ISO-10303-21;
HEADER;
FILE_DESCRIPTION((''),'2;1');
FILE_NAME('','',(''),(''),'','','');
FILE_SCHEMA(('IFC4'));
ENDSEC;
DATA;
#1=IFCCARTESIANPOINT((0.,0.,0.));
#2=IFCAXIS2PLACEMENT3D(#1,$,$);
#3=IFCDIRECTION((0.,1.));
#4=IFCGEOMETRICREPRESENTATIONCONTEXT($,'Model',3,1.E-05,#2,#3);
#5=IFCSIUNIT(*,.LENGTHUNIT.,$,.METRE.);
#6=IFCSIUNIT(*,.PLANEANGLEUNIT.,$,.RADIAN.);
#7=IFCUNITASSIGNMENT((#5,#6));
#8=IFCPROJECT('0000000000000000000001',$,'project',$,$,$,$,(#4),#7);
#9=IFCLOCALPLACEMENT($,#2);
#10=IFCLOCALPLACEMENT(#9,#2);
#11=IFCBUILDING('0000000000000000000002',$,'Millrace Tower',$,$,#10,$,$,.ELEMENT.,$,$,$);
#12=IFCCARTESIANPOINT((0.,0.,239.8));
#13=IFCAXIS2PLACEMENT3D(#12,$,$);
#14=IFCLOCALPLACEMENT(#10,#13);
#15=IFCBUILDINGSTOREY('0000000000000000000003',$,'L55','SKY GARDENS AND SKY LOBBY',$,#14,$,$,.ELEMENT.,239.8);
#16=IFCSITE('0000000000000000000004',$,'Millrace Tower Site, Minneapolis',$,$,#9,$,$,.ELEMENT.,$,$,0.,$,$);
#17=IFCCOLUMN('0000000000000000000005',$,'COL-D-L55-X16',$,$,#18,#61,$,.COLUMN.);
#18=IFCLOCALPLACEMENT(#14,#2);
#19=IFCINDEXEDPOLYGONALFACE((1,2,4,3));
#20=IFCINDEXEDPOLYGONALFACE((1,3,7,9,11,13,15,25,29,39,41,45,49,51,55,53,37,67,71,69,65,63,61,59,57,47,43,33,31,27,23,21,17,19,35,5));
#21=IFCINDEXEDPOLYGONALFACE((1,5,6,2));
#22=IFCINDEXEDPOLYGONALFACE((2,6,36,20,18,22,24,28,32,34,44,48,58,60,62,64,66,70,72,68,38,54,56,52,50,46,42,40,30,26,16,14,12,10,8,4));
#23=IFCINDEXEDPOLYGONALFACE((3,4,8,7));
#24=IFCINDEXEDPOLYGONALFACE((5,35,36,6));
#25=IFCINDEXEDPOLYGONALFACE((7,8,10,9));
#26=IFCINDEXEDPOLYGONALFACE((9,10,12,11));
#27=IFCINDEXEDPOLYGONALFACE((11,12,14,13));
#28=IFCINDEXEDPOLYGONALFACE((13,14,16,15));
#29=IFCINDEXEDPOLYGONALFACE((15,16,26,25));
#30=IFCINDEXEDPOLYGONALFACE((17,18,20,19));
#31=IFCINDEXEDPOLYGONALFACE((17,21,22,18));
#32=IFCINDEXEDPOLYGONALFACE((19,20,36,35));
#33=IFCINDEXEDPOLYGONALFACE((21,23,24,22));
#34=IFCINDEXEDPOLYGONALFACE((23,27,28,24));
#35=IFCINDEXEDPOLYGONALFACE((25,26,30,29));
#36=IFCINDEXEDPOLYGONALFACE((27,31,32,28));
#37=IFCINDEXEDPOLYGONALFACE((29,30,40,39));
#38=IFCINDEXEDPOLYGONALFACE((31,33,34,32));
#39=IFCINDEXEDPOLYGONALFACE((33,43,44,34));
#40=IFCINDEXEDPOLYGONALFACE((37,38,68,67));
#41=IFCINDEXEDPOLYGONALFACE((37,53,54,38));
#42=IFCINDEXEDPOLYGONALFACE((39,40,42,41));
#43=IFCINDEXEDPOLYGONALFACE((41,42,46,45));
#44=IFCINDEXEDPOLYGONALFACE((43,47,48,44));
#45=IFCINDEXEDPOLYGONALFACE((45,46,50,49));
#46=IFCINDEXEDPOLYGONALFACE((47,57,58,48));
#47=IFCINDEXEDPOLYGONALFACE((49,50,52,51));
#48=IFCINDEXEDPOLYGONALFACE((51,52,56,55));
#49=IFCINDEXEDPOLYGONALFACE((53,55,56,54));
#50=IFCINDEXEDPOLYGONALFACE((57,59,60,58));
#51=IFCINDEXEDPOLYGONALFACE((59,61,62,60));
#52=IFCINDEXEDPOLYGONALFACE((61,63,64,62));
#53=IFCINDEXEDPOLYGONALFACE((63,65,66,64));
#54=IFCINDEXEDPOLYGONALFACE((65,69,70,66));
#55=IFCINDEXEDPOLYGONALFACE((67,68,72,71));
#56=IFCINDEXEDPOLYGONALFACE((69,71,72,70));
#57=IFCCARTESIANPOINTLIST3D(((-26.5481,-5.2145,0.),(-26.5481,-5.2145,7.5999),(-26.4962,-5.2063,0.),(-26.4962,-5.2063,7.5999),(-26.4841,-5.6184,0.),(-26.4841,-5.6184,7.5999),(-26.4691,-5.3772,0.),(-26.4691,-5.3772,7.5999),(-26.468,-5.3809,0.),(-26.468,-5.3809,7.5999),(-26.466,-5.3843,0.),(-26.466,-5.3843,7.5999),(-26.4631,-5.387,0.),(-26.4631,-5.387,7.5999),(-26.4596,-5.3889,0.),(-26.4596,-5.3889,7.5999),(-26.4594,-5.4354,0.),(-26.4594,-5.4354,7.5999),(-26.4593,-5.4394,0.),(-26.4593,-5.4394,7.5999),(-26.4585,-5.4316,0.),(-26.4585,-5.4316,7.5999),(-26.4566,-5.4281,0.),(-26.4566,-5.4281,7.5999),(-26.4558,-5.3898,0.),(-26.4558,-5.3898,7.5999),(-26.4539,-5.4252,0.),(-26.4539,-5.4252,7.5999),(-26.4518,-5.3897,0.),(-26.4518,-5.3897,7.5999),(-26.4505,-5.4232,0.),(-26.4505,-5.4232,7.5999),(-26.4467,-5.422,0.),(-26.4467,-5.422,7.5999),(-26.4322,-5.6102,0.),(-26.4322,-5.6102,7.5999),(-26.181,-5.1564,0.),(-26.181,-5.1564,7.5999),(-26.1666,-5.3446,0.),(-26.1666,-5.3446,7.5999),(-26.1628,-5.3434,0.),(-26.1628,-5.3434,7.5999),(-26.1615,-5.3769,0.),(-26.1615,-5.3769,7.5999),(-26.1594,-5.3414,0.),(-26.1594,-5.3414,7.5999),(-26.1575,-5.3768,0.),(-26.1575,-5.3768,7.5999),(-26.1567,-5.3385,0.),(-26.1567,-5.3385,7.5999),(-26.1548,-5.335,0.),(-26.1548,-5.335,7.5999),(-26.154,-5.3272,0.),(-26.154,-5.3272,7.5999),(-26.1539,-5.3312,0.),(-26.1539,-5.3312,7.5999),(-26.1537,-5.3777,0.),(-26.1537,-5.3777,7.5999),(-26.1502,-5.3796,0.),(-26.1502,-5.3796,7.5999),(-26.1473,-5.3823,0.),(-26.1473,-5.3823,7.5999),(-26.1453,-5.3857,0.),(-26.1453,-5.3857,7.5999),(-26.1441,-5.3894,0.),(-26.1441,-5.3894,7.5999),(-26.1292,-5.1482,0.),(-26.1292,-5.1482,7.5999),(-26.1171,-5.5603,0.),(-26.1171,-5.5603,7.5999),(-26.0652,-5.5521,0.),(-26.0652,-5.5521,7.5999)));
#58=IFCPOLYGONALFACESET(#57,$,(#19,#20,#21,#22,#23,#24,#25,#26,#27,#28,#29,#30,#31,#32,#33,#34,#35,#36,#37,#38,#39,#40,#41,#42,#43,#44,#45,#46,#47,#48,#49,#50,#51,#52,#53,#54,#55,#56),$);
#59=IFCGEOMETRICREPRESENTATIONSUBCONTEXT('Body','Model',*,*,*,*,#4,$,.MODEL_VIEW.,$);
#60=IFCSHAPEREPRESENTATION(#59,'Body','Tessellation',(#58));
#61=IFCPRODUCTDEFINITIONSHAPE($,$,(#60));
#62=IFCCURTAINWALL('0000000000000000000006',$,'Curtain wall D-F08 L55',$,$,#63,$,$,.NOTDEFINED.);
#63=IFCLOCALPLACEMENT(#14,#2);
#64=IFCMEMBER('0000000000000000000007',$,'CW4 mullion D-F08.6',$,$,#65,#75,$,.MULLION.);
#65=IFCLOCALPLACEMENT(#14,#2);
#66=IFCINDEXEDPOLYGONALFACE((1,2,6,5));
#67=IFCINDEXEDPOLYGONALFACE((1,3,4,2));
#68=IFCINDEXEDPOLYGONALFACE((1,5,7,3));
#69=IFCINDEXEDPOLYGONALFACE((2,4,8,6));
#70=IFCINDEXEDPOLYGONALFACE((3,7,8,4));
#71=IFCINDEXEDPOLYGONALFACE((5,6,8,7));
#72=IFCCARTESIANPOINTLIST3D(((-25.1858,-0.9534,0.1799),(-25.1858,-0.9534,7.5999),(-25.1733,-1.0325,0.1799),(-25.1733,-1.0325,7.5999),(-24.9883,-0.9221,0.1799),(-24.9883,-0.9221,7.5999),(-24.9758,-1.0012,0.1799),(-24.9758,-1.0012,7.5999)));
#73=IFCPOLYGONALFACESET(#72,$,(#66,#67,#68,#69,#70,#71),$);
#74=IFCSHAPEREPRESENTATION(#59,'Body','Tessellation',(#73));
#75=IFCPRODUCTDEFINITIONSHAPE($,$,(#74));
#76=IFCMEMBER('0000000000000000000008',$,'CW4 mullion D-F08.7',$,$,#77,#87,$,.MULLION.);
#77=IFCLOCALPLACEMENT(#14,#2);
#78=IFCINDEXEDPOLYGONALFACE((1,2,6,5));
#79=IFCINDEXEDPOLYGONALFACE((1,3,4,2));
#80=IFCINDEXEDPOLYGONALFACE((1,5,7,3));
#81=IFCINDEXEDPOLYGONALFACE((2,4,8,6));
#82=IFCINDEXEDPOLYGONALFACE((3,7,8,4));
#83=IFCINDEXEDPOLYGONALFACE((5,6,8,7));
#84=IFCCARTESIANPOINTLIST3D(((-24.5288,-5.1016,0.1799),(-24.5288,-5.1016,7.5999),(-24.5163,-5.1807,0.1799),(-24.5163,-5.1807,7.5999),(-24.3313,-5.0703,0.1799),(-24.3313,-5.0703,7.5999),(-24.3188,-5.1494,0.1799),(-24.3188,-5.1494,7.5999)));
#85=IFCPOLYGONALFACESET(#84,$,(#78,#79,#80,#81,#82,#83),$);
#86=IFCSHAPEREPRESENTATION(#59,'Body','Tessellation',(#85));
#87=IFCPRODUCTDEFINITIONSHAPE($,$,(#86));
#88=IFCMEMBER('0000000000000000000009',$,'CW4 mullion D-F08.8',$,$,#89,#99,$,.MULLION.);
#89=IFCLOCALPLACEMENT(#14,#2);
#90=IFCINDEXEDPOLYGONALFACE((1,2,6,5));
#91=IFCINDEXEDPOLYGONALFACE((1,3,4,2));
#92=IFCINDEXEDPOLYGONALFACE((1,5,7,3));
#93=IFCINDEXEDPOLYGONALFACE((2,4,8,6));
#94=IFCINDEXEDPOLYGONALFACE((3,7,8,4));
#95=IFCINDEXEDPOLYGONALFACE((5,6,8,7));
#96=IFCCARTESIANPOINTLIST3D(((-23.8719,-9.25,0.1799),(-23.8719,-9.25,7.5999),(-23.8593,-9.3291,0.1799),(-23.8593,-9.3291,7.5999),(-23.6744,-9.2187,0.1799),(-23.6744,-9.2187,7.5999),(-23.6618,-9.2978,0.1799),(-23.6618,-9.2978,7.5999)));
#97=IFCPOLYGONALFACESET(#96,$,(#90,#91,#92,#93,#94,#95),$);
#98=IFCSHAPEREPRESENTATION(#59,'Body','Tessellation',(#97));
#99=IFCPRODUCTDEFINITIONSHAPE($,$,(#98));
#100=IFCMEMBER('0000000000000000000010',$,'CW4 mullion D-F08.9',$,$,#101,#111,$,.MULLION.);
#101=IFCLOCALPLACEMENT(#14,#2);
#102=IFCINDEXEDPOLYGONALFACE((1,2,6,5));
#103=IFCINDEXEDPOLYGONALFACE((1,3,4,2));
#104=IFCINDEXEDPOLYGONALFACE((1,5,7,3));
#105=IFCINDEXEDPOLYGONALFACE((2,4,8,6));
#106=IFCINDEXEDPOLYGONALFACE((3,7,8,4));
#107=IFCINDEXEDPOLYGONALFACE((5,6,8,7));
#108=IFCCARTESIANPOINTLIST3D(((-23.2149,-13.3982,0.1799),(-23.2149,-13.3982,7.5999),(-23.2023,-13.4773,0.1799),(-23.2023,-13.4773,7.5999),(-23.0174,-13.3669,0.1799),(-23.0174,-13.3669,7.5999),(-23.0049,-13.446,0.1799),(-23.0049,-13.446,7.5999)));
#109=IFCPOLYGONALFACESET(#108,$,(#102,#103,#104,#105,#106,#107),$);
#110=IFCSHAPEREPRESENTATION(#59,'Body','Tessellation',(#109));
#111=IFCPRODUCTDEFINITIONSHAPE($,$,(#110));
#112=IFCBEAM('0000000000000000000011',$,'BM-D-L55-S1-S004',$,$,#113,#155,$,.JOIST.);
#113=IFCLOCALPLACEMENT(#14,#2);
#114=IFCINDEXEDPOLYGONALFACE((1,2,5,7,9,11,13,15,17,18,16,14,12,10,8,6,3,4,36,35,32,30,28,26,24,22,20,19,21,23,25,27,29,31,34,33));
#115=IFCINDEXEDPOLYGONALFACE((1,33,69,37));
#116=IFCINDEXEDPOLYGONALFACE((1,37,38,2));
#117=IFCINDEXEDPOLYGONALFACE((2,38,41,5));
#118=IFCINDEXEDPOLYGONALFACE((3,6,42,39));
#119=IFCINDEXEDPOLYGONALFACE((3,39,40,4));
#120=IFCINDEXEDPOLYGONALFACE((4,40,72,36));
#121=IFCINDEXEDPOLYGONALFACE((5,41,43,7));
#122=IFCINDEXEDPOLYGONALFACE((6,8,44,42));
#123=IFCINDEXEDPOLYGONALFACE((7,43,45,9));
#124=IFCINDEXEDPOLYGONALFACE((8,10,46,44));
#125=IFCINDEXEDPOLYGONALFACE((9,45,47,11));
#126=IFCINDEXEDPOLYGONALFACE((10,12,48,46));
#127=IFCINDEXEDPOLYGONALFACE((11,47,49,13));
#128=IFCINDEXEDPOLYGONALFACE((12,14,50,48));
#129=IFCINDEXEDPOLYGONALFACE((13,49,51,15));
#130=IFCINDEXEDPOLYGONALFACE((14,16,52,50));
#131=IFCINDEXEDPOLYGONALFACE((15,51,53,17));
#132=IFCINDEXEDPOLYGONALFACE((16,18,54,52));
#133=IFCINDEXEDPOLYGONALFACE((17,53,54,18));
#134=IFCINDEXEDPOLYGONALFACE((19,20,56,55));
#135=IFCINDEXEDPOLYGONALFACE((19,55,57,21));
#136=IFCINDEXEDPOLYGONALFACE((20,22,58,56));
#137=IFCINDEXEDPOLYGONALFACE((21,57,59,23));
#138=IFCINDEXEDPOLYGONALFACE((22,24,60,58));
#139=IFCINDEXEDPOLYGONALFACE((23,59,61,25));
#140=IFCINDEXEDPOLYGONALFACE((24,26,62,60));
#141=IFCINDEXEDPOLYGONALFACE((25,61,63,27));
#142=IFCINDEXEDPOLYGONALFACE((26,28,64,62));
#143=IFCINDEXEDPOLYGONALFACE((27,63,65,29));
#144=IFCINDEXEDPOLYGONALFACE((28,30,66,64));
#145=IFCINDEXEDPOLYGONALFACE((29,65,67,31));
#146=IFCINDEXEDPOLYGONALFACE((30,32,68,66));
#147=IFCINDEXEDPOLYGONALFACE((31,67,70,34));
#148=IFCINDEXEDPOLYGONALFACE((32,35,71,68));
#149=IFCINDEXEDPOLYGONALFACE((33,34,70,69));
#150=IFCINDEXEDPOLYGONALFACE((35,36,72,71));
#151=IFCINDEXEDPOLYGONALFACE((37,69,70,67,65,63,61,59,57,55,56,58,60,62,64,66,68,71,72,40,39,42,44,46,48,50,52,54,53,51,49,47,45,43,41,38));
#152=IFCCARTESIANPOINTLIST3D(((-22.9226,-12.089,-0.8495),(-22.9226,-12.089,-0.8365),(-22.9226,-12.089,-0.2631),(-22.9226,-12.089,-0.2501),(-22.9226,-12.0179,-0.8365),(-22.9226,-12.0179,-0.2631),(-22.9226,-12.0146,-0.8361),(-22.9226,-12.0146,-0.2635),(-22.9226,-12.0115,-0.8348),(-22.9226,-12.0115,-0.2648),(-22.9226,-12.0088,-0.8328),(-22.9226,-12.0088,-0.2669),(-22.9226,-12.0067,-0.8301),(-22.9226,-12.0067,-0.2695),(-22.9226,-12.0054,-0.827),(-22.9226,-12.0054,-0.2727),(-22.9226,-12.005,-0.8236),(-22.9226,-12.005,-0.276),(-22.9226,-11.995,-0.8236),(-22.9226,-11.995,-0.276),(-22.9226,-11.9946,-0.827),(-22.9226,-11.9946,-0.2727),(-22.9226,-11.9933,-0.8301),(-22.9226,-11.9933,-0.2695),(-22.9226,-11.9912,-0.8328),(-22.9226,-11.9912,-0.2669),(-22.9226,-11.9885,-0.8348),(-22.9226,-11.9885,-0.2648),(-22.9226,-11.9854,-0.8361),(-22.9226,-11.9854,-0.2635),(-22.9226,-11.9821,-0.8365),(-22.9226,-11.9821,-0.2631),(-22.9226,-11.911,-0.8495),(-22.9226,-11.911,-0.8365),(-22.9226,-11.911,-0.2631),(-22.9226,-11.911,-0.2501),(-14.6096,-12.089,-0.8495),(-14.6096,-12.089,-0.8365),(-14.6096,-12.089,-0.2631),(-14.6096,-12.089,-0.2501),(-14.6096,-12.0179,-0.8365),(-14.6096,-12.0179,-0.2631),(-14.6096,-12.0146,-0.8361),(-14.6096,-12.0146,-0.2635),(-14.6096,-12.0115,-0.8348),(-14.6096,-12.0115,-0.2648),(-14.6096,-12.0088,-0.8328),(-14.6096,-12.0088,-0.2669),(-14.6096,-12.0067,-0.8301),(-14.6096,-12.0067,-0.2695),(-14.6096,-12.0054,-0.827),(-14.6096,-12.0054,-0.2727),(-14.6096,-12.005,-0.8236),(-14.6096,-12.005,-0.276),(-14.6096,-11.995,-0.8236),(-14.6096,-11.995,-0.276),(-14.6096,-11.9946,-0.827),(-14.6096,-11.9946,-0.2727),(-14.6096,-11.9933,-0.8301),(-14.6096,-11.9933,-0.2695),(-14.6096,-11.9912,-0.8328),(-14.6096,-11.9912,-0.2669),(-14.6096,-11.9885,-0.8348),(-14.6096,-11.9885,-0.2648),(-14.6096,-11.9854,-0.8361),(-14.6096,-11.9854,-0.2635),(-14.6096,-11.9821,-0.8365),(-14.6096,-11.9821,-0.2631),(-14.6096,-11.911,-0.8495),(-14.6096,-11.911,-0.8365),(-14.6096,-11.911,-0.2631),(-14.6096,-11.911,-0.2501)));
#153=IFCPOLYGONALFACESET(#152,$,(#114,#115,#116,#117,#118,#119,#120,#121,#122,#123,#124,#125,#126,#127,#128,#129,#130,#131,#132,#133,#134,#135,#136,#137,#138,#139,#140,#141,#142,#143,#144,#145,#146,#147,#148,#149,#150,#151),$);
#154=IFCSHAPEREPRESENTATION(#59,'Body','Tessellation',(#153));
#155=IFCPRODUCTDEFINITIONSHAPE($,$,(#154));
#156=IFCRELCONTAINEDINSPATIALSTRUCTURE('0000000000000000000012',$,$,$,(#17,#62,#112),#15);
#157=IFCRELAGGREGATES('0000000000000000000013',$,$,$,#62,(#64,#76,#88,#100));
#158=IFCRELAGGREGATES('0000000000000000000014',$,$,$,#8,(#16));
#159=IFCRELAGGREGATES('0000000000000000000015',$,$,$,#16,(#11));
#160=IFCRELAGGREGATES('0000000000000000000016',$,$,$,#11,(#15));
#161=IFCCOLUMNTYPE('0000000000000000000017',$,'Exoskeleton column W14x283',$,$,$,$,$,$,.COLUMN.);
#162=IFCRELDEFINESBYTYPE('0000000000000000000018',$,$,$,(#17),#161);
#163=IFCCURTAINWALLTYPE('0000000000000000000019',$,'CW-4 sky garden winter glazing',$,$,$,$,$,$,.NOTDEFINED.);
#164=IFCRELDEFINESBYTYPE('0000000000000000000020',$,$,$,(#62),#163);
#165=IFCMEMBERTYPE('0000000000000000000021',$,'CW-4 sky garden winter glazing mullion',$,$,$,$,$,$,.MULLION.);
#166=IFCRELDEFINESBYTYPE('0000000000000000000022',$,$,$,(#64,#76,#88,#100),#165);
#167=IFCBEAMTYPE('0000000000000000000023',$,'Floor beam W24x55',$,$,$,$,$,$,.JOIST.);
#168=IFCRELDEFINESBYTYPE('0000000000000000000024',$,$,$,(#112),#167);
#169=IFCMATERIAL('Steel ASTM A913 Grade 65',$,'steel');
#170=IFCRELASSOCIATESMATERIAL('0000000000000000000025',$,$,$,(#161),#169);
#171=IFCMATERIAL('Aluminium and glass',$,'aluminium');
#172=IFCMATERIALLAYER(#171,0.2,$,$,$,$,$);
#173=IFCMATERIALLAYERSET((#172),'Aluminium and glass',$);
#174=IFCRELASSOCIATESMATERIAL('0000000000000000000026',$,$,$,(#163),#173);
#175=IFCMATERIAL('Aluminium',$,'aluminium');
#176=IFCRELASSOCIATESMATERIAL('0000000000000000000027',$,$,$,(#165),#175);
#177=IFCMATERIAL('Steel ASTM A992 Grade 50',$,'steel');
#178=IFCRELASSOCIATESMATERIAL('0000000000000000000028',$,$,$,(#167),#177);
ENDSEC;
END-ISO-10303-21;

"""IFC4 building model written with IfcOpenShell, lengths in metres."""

from ifc_helpers import new_model, si_unit, direction, frame, origin, origin_2d, place, context, subcontext, project, spatial, rectangle, i_section, extrude, material, layer, layer_set, material_profile, profile_set, type_object, element, aggregate, save


model = new_model("IFC4")

# Units and contexts
model_context = context("Model", 3, precision=1e-05, world=origin(), true_north=direction((0.0, 1.0)))
body_context = subcontext(model_context, "Body", "Model", "MODEL_VIEW")
ifc_project = project(units=[si_unit("LENGTHUNIT", "METRE"), si_unit("PLANEANGLEUNIT", "RADIAN")], contexts=[model_context])

# Site, building, storey
site_placement = place(None, origin())
site = spatial("IfcSite", under=ifc_project, at=site_placement, Name="Millrace Tower Site, Minneapolis", CompositionType="ELEMENT", RefElevation=0.0)
building_placement = place(site_placement, origin())
building = spatial("IfcBuilding", under=site, at=building_placement, Name="Millrace Tower", CompositionType="ELEMENT")
storey_placement = place(building_placement, frame((0.0, 0.0, 239.8)))
storey = spatial("IfcBuildingStorey", under=building, at=storey_placement, Name="L55", Description="SKY GARDENS AND SKY LOBBY", CompositionType="ELEMENT", Elevation=239.8)

# Column
ifc_material_1 = material(Name="Steel ASTM A913 Grade 65", Category="steel")
ifc_material_profile_1 = material_profile(ifc_material_1, i_section(OverallWidth=0.4089, OverallDepth=0.4241, WebThickness=0.0327, FlangeThickness=0.0525, FilletRadius=0.0151, at=origin_2d()))
ifc_profile_set_1 = profile_set([ifc_material_profile_1], Name="Steel ASTM A913 Grade 65")
column_type = type_object("IfcColumnType", Name="Exoskeleton column W14x283", PredefinedType="COLUMN", material=ifc_profile_set_1)
column_placement = place(storey_placement, frame((-26.3066, -5.3833, 0.0), z_axis=(0.0, 0.0, 1.0), x_axis=(0.156434, -0.987688, 0.0)))
element("IfcColumn", 1, at=column_placement, inside=storey, type_object=column_type, Name="COL-D-L55-X16", PredefinedType="COLUMN", context=body_context, shape_type="SweptSolid", body=[
    extrude(i_section(OverallWidth=0.4089, OverallDepth=0.4241, WebThickness=0.0327, FlangeThickness=0.0525, FilletRadius=0.0151, at=origin_2d()), origin(), (0.0, 0.0, 1.0), 7.5999),
])

# Curtain wall, members
ifc_material_2 = material(Name="Aluminium and glass", Category="aluminium")
ifc_layer_1 = layer(ifc_material_2, 0.2)
ifc_layer_set_1 = layer_set([ifc_layer_1], Name="Aluminium and glass")
curtain_wall_type = type_object("IfcCurtainWallType", Name="CW-4 sky garden winter glazing", PredefinedType="NOTDEFINED", material=ifc_layer_set_1)
curtain_wall_placement = place(storey_placement, origin())
curtain_wall = element("IfcCurtainWall", 2, at=curtain_wall_placement, inside=storey, type_object=curtain_wall_type, Name="Curtain wall D-F08 L55", PredefinedType="NOTDEFINED")
ifc_material_3 = material(Name="Aluminium", Category="aluminium")
ifc_material_profile_2 = material_profile(ifc_material_3, rectangle(XDim=0.0801, YDim=0.2, at=origin_2d()))
ifc_profile_set_2 = profile_set([ifc_material_profile_2], Name="Aluminium")
member_type = type_object("IfcMemberType", Name="CW-4 sky garden winter glazing mullion", PredefinedType="MULLION", material=ifc_profile_set_2)
member_1_placement = place(storey_placement, frame((-25.0808, -0.9773, 0.1799), z_axis=(0.0, 0.0, 1.0), x_axis=(0.156434, -0.987688, 0.0)))
member_1 = element("IfcMember", 3, at=member_1_placement, type_object=member_type, Name="CW4 mullion D-F08.6", PredefinedType="MULLION", context=body_context, shape_type="SweptSolid", body=[
    extrude(rectangle(XDim=0.0801, YDim=0.2, at=origin_2d()), origin(), (0.0, 0.0, 1.0), 7.4199),
])
member_2_placement = place(storey_placement, frame((-24.4238, -5.1255, 0.1799), z_axis=(0.0, 0.0, 1.0), x_axis=(0.156434, -0.987688, 0.0)))
member_2 = element("IfcMember", 4, at=member_2_placement, type_object=member_type, Name="CW4 mullion D-F08.7", PredefinedType="MULLION", context=body_context, shape_type="SweptSolid", body=[
    extrude(rectangle(XDim=0.0801, YDim=0.2, at=origin_2d()), origin(), (0.0, 0.0, 1.0), 7.4199),
])
member_3_placement = place(storey_placement, frame((-23.7668, -9.2739, 0.1799), z_axis=(0.0, 0.0, 1.0), x_axis=(0.156434, -0.987688, 0.0)))
member_3 = element("IfcMember", 5, at=member_3_placement, type_object=member_type, Name="CW4 mullion D-F08.8", PredefinedType="MULLION", context=body_context, shape_type="SweptSolid", body=[
    extrude(rectangle(XDim=0.0801, YDim=0.2, at=origin_2d()), origin(), (0.0, 0.0, 1.0), 7.4199),
])
member_4_placement = place(storey_placement, frame((-23.1099, -13.4221, 0.1799), z_axis=(0.0, 0.0, 1.0), x_axis=(0.156434, -0.987688, 0.0)))
member_4 = element("IfcMember", 6, at=member_4_placement, type_object=member_type, Name="CW4 mullion D-F08.9", PredefinedType="MULLION", context=body_context, shape_type="SweptSolid", body=[
    extrude(rectangle(XDim=0.0801, YDim=0.2, at=origin_2d()), origin(), (0.0, 0.0, 1.0), 7.4199),
])
aggregate(curtain_wall, [member_1, member_2, member_3, member_4])

# Beam
ifc_material_4 = material(Name="Steel ASTM A992 Grade 50", Category="steel")
ifc_material_profile_3 = material_profile(ifc_material_4, i_section(OverallWidth=0.178, OverallDepth=0.5994, WebThickness=0.01, FlangeThickness=0.0129, FilletRadius=0.0129, at=origin_2d()))
ifc_profile_set_3 = profile_set([ifc_material_profile_3], Name="Steel ASTM A992 Grade 50")
beam_type_1 = type_object("IfcBeamType", Name="Floor beam W24x55", PredefinedType="JOIST", material=ifc_profile_set_3)
beam_1_placement = place(storey_placement, frame((-22.9226, -12.0, -0.5498), z_axis=(1.0, 0.0, 0.0), x_axis=(0.0, 1.0, 0.0)))
element("IfcBeam", 7, at=beam_1_placement, inside=storey, type_object=beam_type_1, Name="BM-D-L55-S1-S004", PredefinedType="JOIST", context=body_context, shape_type="SweptSolid", body=[
    extrude(i_section(OverallWidth=0.178, OverallDepth=0.5994, WebThickness=0.01, FlangeThickness=0.0129, FilletRadius=0.0129, at=origin_2d()), origin(), (0.0, 0.0, 1.0), 8.313),
])

save(model, "model.ifc")
